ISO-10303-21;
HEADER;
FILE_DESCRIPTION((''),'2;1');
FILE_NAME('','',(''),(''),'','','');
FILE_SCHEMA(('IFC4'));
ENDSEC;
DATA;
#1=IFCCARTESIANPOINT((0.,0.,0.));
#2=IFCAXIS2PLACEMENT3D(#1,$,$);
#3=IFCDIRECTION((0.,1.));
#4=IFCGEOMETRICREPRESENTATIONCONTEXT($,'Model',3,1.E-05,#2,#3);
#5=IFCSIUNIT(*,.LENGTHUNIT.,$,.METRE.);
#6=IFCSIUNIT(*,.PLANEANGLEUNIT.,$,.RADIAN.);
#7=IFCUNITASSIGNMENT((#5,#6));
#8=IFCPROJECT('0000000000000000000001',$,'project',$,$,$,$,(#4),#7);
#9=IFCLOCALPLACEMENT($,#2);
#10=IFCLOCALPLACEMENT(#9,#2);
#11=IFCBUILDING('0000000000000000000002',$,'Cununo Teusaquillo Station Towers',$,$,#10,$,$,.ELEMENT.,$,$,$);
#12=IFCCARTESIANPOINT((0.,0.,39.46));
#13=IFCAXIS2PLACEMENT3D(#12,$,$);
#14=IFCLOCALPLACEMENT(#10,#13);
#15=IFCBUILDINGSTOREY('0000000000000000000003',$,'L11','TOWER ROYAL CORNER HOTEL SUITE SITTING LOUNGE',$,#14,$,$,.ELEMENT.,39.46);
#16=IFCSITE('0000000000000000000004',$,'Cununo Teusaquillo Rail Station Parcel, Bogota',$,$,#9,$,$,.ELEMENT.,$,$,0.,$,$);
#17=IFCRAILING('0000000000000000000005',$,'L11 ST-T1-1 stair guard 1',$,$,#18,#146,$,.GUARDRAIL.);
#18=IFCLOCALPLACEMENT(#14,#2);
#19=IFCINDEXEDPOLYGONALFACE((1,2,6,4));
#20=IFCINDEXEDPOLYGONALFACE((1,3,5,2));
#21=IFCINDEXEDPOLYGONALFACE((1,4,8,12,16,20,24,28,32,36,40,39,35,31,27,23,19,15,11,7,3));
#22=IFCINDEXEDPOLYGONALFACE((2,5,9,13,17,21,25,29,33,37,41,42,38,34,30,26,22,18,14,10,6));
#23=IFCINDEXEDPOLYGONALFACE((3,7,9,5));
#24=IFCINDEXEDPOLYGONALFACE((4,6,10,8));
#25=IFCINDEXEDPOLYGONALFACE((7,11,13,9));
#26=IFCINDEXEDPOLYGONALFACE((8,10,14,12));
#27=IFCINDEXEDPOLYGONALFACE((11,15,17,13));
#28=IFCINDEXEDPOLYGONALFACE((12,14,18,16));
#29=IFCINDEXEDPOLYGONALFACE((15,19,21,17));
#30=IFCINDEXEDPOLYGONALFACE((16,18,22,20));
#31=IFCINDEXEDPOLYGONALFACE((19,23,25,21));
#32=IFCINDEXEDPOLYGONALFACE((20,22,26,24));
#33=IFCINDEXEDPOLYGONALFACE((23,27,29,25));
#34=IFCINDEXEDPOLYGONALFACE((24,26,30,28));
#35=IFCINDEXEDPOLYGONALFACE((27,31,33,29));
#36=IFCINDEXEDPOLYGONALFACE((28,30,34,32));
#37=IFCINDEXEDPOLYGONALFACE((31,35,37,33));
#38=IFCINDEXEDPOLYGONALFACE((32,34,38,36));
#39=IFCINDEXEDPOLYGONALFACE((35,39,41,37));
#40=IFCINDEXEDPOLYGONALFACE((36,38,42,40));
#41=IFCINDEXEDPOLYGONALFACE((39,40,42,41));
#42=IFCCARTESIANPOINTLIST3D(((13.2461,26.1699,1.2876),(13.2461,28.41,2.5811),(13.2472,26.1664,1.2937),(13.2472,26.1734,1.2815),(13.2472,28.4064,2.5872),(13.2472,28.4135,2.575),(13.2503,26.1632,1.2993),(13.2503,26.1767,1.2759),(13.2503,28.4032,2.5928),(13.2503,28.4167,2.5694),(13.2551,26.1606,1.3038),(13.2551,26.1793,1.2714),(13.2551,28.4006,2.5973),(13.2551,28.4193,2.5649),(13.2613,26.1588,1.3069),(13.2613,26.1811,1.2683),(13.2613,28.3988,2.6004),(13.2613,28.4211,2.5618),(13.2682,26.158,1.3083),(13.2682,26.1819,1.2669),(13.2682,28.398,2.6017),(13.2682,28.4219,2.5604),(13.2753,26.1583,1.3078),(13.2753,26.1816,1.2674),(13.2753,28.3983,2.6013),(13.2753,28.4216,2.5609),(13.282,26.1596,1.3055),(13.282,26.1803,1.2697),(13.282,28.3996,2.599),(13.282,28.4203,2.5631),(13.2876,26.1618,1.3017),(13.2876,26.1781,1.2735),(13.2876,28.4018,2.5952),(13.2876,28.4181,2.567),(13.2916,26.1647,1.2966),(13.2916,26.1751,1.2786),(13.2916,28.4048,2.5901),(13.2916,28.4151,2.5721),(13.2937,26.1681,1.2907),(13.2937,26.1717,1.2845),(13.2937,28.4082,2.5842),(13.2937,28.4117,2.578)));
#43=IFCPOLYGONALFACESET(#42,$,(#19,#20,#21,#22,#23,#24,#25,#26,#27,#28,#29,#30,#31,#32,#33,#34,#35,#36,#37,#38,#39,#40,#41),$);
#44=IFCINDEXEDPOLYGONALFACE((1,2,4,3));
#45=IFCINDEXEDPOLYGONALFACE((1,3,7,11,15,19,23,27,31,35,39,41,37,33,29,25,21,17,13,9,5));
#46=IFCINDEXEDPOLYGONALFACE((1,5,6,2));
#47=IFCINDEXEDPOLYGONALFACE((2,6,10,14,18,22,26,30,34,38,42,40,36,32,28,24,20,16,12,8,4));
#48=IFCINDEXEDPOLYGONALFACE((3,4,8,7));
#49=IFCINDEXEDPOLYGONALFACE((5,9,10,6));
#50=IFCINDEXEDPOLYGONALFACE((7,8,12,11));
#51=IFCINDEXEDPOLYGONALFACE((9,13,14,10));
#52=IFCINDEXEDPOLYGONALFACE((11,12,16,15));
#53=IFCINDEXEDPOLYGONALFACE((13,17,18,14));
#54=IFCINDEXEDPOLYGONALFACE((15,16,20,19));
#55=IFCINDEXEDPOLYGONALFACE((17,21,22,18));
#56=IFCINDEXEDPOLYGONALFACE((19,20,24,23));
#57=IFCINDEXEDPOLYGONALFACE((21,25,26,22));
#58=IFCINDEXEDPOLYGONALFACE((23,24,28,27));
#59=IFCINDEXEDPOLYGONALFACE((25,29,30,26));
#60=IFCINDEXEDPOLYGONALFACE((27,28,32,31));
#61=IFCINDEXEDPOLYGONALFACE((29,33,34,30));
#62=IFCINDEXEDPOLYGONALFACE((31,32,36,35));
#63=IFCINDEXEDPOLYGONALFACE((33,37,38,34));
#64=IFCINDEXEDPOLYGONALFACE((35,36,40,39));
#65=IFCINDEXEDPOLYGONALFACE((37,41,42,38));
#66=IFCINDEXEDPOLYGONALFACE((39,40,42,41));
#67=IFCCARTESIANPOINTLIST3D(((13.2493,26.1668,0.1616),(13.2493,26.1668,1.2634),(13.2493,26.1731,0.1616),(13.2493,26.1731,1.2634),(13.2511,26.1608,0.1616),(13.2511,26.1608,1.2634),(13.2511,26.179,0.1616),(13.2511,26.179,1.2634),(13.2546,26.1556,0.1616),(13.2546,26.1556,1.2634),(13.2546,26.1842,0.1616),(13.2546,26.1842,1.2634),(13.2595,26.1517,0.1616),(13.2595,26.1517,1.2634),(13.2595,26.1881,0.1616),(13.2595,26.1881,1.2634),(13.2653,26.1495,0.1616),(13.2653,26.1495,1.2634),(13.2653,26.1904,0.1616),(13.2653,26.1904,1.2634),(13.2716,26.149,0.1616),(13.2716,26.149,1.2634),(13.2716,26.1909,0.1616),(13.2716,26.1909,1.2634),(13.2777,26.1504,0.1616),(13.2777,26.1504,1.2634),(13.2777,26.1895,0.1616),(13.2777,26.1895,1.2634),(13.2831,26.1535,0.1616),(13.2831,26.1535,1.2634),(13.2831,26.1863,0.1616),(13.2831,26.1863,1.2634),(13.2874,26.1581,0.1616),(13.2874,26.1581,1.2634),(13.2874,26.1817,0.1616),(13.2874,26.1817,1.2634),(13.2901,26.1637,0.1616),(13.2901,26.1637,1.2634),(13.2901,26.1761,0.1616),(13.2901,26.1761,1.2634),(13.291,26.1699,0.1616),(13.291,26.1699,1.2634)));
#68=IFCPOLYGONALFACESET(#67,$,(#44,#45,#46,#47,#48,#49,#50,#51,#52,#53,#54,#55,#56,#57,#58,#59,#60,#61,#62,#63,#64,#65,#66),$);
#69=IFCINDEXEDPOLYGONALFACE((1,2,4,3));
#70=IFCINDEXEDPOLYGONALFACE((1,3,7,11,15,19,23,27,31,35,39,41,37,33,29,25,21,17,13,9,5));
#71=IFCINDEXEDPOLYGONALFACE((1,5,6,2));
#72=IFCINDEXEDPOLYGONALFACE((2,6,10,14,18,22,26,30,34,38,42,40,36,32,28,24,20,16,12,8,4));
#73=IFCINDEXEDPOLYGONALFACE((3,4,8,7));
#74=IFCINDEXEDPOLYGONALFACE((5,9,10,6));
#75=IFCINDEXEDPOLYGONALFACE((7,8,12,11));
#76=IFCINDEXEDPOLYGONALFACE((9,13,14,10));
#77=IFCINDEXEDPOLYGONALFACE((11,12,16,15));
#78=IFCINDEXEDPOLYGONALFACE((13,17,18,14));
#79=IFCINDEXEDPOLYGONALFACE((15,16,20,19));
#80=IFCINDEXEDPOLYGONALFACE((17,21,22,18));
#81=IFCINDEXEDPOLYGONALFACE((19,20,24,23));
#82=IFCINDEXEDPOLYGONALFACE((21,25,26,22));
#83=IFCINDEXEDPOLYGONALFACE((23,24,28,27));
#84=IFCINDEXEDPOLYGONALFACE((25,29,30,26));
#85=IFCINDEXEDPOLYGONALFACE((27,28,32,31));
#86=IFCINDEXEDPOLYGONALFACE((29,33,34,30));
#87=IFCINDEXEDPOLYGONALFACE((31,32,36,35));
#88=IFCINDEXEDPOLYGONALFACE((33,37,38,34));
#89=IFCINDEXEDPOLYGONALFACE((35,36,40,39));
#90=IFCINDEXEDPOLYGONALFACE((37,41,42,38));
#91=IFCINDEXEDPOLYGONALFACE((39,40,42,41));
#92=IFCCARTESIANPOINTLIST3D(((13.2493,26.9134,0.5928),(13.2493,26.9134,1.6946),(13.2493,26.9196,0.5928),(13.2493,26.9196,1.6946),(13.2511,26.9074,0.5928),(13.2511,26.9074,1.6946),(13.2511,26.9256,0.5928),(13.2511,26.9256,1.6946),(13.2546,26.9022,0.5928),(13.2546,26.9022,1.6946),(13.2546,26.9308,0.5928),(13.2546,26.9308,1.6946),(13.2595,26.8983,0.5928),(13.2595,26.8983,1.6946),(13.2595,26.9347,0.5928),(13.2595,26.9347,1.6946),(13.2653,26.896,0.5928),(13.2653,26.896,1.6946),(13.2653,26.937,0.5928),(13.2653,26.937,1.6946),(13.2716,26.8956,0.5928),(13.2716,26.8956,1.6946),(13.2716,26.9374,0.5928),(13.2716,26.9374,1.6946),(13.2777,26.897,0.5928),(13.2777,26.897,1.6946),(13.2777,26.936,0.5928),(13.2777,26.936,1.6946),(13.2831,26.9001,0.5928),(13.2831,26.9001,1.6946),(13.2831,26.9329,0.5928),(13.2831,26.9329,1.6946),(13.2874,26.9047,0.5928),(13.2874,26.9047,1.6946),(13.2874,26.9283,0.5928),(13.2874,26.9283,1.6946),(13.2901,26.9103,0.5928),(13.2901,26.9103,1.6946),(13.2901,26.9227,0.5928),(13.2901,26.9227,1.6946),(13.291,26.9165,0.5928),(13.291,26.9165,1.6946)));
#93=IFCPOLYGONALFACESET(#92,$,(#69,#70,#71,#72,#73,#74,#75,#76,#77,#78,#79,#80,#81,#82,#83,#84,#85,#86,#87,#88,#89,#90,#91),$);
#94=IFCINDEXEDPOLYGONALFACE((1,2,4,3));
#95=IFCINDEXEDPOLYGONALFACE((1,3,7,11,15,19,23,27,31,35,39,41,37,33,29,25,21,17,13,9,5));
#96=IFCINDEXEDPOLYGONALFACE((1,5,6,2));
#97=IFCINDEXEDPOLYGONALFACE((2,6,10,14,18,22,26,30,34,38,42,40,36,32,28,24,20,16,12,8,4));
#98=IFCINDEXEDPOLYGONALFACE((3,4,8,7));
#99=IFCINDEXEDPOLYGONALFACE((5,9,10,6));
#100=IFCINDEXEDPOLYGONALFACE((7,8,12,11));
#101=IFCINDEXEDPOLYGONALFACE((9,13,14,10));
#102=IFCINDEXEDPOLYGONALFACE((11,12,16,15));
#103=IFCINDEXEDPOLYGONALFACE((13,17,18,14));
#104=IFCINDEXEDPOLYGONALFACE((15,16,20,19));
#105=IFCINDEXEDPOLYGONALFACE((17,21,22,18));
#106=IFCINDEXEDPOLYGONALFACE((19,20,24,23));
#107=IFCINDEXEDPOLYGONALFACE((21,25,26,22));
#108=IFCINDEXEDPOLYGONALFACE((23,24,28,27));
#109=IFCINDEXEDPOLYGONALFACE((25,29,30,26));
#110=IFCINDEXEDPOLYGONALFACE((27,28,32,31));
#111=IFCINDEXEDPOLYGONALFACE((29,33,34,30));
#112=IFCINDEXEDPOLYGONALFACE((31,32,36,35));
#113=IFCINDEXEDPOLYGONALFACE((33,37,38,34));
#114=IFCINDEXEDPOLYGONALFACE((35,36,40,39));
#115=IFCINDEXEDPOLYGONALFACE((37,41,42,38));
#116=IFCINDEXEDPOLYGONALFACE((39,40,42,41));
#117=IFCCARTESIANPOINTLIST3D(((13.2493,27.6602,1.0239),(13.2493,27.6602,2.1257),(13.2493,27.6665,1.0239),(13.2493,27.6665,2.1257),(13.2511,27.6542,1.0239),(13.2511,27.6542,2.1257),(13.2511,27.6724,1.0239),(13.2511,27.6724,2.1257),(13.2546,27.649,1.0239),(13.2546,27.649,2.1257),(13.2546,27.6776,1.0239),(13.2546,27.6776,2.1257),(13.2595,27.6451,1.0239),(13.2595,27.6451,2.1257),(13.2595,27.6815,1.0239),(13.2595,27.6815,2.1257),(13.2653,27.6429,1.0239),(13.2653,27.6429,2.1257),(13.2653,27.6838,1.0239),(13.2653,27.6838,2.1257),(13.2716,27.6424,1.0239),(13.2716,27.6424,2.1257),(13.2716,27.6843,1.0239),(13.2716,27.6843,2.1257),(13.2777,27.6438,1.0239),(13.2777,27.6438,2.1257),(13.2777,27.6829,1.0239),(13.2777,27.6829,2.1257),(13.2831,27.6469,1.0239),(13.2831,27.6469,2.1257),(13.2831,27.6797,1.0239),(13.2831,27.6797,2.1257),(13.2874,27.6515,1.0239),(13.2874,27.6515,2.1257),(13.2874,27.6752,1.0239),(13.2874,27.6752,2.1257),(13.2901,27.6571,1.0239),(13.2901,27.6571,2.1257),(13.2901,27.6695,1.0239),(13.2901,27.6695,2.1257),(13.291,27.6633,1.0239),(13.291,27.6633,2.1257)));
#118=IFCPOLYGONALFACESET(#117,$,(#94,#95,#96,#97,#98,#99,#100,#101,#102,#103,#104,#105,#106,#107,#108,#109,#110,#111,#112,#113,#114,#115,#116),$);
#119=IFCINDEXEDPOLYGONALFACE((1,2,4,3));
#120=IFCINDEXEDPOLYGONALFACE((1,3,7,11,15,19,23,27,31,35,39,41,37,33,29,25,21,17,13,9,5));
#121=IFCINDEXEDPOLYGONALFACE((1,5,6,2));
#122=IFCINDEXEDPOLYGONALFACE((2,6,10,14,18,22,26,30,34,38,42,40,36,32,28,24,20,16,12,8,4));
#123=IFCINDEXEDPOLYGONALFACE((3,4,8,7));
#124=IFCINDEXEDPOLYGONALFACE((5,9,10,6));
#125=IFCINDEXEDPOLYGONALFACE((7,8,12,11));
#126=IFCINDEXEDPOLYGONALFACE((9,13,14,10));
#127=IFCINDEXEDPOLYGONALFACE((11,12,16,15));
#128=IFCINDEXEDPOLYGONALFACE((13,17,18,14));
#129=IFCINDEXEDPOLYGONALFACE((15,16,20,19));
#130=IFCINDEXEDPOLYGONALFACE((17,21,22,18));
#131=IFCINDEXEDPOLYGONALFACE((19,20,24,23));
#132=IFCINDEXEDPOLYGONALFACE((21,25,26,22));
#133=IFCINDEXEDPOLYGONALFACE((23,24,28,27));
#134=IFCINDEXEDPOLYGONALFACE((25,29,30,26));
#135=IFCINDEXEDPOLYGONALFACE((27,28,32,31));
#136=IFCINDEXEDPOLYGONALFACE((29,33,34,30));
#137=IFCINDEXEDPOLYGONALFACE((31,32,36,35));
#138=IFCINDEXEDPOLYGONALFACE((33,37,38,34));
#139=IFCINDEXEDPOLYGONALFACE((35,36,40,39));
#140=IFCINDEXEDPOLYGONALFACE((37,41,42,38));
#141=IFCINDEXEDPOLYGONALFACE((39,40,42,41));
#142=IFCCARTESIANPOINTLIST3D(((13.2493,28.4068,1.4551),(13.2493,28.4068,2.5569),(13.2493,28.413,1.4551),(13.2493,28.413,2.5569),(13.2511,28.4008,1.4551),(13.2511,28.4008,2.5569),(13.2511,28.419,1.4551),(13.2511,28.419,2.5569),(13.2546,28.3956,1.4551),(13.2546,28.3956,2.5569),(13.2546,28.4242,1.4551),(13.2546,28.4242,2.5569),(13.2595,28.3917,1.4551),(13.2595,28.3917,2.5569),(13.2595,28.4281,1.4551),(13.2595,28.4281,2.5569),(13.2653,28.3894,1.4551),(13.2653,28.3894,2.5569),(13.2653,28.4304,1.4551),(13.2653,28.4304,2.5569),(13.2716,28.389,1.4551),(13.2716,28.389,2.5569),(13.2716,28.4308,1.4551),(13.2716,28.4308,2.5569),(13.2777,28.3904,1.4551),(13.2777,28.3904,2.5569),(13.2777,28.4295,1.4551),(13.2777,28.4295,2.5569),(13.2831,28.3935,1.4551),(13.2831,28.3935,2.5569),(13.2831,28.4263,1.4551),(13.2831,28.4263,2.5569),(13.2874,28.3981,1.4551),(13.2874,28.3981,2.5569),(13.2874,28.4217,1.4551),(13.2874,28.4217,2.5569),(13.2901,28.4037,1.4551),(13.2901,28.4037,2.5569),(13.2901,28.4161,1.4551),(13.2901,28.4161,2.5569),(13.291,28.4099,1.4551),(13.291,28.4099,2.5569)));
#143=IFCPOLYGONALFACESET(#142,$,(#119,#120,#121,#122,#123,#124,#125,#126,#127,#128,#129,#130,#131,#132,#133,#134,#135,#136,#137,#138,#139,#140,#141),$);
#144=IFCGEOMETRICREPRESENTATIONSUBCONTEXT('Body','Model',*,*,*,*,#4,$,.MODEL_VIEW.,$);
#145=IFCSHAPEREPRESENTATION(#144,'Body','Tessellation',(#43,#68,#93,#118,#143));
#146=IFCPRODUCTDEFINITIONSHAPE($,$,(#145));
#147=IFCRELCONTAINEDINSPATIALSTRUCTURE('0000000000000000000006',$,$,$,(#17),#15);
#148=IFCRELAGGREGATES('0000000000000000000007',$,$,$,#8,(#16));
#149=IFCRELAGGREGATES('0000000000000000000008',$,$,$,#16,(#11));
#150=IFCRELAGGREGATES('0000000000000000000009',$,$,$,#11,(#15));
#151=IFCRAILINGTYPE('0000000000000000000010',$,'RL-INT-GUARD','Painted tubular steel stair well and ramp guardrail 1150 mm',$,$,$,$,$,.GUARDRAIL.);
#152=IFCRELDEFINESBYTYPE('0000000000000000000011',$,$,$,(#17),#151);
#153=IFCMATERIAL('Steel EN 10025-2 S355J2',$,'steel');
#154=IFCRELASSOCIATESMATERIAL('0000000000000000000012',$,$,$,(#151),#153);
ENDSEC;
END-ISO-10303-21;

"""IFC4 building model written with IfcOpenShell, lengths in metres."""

from ifc_helpers import new_model, si_unit, direction, frame, origin, origin_2d, place, context, subcontext, project, spatial, circle, extrude, material, type_object, element, save


model = new_model("IFC4")

# Units and contexts
model_context = context("Model", 3, precision=1e-05, world=origin(), true_north=direction((0.0, 1.0)))
body_context = subcontext(model_context, "Body", "Model", "MODEL_VIEW")
ifc_project = project(units=[si_unit("LENGTHUNIT", "METRE"), si_unit("PLANEANGLEUNIT", "RADIAN")], contexts=[model_context])

# Site, building, storey
site_placement = place(None, origin())
site = spatial("IfcSite", under=ifc_project, at=site_placement, Name="Cununo Teusaquillo Rail Station Parcel, Bogota", CompositionType="ELEMENT", RefElevation=0.0)
building_placement = place(site_placement, origin())
building = spatial("IfcBuilding", under=site, at=building_placement, Name="Cununo Teusaquillo Station Towers", CompositionType="ELEMENT")
storey_placement = place(building_placement, frame((0.0, 0.0, 39.46)))
storey = spatial("IfcBuildingStorey", under=building, at=storey_placement, Name="L11", Description="TOWER ROYAL CORNER HOTEL SUITE SITTING LOUNGE", CompositionType="ELEMENT", Elevation=39.46)

# Railing
ifc_material_1 = material(Name="Steel EN 10025-2 S355J2", Category="steel")
railing_type_1 = type_object("IfcRailingType", Name="RL-INT-GUARD", Description="Painted tubular steel stair well and ramp guardrail 1150 mm", PredefinedType="GUARDRAIL", material=ifc_material_1)
railing_1_placement = place(storey_placement, frame((13.27, 26.1699, 0.1616)))
element("IfcRailing", 1, at=railing_1_placement, inside=storey, type_object=railing_type_1, Name="L11 ST-T1-1 stair guard 1", PredefinedType="GUARDRAIL", context=body_context, shape_type="SweptSolid", body=[
    extrude(circle(Radius=0.0239, at=origin_2d()), frame((0.0, 0.0, 1.126), z_axis=(0.0, 0.865992, 0.500057), x_axis=(-1.0, 0.0, 0.0)), (0.0, 0.0, 1.0), 2.5867),
    extrude(circle(Radius=0.021, at=origin_2d()), origin(), (0.0, 0.0, 1.0), 1.1018),
    extrude(circle(Radius=0.021, at=origin_2d()), frame((0.0, 0.7466, 0.4312)), (0.0, 0.0, 1.0), 1.1018),
    extrude(circle(Radius=0.021, at=origin_2d()), frame((0.0, 1.4934, 0.8623)), (0.0, 0.0, 1.0), 1.1018),
    extrude(circle(Radius=0.021, at=origin_2d()), frame((0.0, 2.24, 1.2935)), (0.0, 0.0, 1.0), 1.1018),
])

save(model, "model.ifc")
